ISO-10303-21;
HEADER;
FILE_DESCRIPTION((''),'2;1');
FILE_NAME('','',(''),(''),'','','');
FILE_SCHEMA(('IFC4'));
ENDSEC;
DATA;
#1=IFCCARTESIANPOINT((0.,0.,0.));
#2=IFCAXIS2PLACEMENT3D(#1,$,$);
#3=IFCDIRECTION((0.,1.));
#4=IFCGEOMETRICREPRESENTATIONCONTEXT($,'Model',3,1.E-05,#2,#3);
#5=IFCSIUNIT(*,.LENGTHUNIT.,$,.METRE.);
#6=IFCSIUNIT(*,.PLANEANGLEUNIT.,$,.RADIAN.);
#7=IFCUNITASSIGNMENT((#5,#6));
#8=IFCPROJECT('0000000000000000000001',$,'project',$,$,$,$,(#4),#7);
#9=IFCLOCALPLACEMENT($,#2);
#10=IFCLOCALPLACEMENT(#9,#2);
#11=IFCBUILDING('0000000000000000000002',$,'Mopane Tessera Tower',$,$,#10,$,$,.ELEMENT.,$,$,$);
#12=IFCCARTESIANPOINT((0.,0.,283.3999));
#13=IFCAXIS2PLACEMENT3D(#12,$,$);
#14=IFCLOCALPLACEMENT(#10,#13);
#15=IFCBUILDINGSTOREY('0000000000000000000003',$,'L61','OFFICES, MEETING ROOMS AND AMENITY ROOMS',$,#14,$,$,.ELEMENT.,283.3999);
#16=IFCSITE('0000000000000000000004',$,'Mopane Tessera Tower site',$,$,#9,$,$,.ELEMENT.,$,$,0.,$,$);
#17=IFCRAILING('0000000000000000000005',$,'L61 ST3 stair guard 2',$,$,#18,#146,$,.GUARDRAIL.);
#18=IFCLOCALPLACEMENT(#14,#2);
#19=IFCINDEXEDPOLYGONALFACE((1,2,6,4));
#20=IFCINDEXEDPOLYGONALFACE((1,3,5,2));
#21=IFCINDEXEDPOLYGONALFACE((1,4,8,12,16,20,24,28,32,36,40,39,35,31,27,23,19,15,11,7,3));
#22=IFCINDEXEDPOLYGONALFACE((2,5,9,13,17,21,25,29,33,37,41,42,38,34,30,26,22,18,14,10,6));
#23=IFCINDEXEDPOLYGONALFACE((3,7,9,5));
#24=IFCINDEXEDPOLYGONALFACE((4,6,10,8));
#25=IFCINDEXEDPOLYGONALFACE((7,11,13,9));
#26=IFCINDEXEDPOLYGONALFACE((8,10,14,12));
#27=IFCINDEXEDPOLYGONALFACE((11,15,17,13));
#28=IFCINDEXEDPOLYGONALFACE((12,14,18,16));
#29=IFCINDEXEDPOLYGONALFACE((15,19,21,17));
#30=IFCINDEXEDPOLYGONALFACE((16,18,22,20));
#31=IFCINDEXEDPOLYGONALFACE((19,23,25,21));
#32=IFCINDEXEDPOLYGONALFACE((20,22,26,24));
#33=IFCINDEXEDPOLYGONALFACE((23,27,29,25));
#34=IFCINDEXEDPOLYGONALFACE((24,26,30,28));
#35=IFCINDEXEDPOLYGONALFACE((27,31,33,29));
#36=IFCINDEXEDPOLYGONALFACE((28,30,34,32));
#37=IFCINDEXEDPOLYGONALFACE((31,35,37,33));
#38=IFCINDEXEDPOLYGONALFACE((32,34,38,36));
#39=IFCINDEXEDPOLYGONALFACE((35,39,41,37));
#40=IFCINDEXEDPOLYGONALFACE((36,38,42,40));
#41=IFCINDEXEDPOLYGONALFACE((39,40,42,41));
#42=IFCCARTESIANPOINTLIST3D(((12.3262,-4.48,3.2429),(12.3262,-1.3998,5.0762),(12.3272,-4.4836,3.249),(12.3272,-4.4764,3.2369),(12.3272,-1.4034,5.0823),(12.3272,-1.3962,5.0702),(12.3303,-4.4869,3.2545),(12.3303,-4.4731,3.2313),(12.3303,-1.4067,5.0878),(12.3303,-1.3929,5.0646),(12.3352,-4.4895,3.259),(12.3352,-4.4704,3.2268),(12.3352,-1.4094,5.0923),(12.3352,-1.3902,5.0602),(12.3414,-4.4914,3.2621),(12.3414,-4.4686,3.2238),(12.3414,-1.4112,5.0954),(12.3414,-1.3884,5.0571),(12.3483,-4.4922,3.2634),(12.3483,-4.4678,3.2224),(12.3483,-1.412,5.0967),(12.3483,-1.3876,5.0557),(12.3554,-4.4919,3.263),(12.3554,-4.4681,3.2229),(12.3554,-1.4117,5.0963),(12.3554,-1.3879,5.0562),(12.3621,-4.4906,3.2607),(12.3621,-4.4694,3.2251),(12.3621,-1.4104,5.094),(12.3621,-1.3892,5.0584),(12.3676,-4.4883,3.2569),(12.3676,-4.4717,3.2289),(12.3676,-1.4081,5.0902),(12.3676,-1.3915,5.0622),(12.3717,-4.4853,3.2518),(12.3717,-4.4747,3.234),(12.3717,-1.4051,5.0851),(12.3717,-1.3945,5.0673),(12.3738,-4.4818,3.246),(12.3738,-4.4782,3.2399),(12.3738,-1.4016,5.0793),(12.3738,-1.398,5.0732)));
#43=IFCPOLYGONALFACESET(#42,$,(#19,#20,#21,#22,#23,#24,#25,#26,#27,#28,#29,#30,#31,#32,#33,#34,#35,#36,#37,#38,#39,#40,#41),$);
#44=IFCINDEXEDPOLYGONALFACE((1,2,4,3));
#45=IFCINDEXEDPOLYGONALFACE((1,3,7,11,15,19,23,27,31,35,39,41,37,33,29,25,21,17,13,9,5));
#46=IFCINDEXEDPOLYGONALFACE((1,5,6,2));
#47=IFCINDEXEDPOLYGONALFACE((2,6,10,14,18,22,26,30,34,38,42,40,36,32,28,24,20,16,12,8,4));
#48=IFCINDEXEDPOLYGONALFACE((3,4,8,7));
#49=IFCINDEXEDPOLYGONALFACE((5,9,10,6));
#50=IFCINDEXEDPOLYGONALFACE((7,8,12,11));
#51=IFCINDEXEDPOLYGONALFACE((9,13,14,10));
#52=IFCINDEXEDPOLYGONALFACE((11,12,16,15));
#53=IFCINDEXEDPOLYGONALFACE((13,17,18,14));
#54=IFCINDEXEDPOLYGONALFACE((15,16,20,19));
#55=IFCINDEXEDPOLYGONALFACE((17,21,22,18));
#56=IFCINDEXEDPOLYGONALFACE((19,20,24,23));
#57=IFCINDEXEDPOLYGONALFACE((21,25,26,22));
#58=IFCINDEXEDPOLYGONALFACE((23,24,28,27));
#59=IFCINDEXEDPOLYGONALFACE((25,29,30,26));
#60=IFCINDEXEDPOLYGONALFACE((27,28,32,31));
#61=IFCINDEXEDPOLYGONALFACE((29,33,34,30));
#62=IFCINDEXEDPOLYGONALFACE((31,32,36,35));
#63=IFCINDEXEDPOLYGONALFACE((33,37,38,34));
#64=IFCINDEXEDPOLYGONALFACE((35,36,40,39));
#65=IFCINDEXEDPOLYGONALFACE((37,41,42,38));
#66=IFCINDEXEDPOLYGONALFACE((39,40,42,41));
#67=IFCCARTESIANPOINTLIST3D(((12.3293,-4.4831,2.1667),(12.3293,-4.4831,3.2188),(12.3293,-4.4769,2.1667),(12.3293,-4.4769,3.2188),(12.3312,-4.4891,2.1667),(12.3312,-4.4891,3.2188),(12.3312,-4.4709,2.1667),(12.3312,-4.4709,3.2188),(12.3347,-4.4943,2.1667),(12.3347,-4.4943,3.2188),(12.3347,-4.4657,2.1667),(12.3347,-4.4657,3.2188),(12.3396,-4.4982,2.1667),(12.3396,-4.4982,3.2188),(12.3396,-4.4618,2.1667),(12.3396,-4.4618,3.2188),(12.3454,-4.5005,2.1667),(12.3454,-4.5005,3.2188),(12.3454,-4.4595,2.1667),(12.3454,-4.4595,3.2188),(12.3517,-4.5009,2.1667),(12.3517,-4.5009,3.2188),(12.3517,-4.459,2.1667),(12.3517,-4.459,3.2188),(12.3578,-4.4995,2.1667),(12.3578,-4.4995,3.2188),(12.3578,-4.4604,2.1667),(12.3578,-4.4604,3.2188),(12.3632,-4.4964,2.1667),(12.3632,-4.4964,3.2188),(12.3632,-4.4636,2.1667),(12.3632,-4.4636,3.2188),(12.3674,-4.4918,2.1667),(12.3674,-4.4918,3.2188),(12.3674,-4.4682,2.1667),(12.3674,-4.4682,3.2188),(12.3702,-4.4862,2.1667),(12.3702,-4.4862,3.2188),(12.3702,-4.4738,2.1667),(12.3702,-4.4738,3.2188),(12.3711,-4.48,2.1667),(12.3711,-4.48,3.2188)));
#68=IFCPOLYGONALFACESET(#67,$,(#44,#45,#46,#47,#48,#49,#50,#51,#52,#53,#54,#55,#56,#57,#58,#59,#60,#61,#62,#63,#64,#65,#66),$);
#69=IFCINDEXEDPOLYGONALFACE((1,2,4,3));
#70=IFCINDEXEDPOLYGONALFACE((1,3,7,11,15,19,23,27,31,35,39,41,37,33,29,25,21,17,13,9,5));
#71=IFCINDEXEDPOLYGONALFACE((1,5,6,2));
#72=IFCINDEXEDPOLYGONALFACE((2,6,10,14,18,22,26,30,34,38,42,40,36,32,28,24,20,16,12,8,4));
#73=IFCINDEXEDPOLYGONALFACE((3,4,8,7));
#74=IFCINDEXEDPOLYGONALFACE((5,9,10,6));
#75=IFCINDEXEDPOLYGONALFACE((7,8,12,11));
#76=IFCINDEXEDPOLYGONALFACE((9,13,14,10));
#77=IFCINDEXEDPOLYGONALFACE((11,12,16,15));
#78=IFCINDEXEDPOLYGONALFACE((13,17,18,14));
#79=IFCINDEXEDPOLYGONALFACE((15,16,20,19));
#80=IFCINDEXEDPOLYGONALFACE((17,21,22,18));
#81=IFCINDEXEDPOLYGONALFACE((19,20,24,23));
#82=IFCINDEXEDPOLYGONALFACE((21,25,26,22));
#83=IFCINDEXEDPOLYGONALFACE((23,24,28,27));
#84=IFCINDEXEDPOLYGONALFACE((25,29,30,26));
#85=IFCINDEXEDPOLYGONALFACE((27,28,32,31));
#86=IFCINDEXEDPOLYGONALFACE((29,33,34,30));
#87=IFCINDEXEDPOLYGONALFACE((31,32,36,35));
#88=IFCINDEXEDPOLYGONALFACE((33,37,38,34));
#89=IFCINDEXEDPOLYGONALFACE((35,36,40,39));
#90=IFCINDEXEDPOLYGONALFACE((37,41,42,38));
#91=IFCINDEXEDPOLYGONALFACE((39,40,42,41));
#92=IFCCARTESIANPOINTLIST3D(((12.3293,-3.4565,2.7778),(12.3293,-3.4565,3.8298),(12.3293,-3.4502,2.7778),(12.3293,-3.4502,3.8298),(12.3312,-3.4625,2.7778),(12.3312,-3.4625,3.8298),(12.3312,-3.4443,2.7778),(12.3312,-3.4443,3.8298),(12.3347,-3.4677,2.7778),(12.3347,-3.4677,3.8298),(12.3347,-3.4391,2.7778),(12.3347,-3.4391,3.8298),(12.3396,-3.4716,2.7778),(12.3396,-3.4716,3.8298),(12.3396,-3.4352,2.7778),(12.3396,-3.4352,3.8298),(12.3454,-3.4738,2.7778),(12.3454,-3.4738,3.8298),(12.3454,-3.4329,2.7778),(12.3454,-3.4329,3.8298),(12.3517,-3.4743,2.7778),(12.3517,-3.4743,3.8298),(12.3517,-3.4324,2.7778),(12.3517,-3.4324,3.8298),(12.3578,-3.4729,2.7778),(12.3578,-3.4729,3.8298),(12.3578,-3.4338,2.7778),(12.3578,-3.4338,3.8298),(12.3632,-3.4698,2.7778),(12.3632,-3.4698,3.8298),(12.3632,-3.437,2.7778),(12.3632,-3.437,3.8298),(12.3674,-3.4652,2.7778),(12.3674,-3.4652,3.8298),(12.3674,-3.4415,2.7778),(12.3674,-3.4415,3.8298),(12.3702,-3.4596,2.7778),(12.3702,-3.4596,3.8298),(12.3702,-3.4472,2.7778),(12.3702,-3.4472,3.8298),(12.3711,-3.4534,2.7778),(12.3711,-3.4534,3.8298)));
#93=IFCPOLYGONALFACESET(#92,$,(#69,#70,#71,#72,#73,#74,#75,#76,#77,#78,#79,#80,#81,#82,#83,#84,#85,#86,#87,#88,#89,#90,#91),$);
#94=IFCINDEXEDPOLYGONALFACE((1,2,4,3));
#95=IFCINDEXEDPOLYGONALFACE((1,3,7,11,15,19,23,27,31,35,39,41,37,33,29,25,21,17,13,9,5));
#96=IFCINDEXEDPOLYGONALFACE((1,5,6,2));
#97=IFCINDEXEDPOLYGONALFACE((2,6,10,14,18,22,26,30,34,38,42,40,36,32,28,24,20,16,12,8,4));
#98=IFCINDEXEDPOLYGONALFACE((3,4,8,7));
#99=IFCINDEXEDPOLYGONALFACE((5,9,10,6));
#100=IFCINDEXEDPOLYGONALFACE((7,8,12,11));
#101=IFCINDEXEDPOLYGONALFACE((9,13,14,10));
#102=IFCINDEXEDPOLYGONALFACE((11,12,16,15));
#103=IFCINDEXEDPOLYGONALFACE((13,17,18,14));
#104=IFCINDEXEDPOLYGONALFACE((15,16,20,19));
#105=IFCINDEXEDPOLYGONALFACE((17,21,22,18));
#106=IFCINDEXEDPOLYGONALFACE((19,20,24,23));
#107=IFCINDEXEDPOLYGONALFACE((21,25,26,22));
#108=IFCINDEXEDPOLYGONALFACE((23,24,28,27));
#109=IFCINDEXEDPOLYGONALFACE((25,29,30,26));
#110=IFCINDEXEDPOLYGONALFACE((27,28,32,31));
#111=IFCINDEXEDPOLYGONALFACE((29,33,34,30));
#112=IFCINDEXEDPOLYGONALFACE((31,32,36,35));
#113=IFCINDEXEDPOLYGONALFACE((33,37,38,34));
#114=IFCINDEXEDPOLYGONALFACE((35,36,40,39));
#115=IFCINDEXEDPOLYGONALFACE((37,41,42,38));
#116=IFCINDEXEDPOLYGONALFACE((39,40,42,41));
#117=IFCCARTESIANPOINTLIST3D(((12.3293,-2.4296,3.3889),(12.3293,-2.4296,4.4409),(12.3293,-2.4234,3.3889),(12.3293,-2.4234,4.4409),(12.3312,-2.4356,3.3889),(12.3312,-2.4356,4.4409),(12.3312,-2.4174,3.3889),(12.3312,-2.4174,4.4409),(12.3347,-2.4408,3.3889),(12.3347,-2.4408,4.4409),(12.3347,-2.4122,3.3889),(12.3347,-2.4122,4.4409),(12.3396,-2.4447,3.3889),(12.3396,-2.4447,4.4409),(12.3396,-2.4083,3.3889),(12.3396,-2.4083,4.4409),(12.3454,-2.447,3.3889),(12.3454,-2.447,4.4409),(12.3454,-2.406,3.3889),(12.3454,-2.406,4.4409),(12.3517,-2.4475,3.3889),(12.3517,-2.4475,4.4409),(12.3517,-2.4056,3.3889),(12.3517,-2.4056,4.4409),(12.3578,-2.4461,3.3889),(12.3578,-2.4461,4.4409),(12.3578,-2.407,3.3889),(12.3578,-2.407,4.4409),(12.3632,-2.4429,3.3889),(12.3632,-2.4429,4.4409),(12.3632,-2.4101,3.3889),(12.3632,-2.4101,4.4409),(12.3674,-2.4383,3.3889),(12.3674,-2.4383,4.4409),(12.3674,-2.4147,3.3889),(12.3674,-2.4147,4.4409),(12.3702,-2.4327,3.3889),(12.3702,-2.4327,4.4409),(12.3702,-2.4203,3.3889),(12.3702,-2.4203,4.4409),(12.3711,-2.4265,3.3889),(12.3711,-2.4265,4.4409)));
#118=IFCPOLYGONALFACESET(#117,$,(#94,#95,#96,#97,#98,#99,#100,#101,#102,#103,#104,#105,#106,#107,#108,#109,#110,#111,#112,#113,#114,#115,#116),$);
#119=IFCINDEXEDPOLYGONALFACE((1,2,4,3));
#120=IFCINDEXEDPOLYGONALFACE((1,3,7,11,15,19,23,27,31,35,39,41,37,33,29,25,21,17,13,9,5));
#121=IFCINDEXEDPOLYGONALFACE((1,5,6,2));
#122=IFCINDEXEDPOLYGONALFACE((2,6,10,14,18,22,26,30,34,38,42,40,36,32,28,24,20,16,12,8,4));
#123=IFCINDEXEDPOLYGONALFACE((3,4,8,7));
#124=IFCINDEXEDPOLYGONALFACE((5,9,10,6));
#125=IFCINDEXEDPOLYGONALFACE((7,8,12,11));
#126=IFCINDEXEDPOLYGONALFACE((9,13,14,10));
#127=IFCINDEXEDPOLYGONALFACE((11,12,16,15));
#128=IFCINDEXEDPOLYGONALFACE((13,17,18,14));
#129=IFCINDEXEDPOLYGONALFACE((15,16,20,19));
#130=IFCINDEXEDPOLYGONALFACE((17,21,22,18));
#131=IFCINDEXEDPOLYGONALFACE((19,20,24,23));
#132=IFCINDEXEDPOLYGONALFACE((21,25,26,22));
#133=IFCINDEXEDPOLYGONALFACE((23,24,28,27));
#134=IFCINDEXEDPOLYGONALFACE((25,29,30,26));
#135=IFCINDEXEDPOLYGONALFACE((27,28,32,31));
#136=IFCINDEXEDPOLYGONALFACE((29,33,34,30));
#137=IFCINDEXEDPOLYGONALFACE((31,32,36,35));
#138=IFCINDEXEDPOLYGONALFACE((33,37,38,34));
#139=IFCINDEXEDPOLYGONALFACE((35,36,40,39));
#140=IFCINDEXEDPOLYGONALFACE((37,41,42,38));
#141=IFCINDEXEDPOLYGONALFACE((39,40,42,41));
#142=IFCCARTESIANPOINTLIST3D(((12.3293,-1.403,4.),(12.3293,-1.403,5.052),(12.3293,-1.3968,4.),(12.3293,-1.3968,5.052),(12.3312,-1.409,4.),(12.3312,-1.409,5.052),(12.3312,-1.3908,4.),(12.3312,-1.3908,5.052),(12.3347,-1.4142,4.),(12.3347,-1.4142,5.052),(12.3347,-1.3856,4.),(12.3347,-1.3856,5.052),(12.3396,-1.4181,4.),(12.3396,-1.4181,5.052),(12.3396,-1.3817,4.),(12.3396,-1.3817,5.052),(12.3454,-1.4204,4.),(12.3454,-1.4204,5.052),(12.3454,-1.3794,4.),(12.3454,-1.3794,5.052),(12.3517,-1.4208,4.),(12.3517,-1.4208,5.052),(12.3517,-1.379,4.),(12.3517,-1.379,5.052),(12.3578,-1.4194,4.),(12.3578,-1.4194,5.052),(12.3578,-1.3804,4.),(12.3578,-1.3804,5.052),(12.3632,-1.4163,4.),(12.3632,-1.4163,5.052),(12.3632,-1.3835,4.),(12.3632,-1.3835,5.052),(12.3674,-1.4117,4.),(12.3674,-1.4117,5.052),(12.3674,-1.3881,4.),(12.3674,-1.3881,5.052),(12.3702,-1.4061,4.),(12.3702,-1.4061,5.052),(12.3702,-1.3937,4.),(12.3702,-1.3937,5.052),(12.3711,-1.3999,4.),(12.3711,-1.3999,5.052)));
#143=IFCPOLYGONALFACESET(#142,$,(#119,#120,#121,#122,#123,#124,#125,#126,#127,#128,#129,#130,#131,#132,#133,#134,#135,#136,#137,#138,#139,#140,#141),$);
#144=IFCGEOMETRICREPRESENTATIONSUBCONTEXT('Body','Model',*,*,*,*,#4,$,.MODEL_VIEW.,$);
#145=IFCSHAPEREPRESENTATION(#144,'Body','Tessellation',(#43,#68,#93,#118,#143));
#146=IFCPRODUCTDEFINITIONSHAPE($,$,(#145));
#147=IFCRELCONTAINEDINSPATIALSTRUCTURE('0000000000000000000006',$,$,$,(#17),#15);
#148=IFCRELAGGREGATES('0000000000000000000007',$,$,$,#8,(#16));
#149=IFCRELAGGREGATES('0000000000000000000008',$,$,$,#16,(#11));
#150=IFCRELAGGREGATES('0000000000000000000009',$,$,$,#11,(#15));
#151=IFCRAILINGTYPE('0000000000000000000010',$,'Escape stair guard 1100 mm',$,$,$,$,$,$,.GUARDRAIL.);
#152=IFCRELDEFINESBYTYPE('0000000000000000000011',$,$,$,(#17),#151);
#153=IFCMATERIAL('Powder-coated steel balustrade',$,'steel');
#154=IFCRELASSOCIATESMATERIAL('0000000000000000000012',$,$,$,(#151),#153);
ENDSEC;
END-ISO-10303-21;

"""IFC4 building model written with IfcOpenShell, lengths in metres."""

from ifc_helpers import new_model, si_unit, direction, frame, origin, origin_2d, place, context, subcontext, project, spatial, circle, extrude, material, type_object, element, save


model = new_model("IFC4")

# Units and contexts
model_context = context("Model", 3, precision=1e-05, world=origin(), true_north=direction((0.0, 1.0)))
body_context = subcontext(model_context, "Body", "Model", "MODEL_VIEW")
ifc_project = project(units=[si_unit("LENGTHUNIT", "METRE"), si_unit("PLANEANGLEUNIT", "RADIAN")], contexts=[model_context])

# Site, building, storey
site_placement = place(None, origin())
site = spatial("IfcSite", under=ifc_project, at=site_placement, Name="Mopane Tessera Tower site", CompositionType="ELEMENT", RefElevation=0.0)
building_placement = place(site_placement, origin())
building = spatial("IfcBuilding", under=site, at=building_placement, Name="Mopane Tessera Tower", CompositionType="ELEMENT")
storey_placement = place(building_placement, frame((0.0, 0.0, 283.3999)))
storey = spatial("IfcBuildingStorey", under=building, at=storey_placement, Name="L61", Description="OFFICES, MEETING ROOMS AND AMENITY ROOMS", CompositionType="ELEMENT", Elevation=283.3999)

# Railing
ifc_material_1 = material(Name="Powder-coated steel balustrade", Category="steel")
railing_type_1 = type_object("IfcRailingType", Name="Escape stair guard 1100 mm", PredefinedType="GUARDRAIL", material=ifc_material_1)
railing_1_placement = place(storey_placement, frame((12.3501, -4.48, 2.1667)))
element("IfcRailing", 1, at=railing_1_placement, inside=storey, type_object=railing_type_1, Name="L61 ST3 stair guard 2", PredefinedType="GUARDRAIL", context=body_context, shape_type="SweptSolid", body=[
    extrude(circle(Radius=0.0239, at=origin_2d()), frame((0.0, 0.0, 1.0762), z_axis=(0.0, 0.859309, 0.511458), x_axis=(-1.0, 0.0, 0.0)), (0.0, 0.0, 1.0), 3.5845),
    extrude(circle(Radius=0.021, at=origin_2d()), origin(), (0.0, 0.0, 1.0), 1.052),
    extrude(circle(Radius=0.021, at=origin_2d()), frame((0.0, 1.0266, 0.6111)), (0.0, 0.0, 1.0), 1.052),
    extrude(circle(Radius=0.021, at=origin_2d()), frame((0.0, 2.0535, 1.2222)), (0.0, 0.0, 1.0), 1.052),
    extrude(circle(Radius=0.021, at=origin_2d()), frame((0.0, 3.0801, 1.8333)), (0.0, 0.0, 1.0), 1.052),
])

save(model, "model.ifc")
